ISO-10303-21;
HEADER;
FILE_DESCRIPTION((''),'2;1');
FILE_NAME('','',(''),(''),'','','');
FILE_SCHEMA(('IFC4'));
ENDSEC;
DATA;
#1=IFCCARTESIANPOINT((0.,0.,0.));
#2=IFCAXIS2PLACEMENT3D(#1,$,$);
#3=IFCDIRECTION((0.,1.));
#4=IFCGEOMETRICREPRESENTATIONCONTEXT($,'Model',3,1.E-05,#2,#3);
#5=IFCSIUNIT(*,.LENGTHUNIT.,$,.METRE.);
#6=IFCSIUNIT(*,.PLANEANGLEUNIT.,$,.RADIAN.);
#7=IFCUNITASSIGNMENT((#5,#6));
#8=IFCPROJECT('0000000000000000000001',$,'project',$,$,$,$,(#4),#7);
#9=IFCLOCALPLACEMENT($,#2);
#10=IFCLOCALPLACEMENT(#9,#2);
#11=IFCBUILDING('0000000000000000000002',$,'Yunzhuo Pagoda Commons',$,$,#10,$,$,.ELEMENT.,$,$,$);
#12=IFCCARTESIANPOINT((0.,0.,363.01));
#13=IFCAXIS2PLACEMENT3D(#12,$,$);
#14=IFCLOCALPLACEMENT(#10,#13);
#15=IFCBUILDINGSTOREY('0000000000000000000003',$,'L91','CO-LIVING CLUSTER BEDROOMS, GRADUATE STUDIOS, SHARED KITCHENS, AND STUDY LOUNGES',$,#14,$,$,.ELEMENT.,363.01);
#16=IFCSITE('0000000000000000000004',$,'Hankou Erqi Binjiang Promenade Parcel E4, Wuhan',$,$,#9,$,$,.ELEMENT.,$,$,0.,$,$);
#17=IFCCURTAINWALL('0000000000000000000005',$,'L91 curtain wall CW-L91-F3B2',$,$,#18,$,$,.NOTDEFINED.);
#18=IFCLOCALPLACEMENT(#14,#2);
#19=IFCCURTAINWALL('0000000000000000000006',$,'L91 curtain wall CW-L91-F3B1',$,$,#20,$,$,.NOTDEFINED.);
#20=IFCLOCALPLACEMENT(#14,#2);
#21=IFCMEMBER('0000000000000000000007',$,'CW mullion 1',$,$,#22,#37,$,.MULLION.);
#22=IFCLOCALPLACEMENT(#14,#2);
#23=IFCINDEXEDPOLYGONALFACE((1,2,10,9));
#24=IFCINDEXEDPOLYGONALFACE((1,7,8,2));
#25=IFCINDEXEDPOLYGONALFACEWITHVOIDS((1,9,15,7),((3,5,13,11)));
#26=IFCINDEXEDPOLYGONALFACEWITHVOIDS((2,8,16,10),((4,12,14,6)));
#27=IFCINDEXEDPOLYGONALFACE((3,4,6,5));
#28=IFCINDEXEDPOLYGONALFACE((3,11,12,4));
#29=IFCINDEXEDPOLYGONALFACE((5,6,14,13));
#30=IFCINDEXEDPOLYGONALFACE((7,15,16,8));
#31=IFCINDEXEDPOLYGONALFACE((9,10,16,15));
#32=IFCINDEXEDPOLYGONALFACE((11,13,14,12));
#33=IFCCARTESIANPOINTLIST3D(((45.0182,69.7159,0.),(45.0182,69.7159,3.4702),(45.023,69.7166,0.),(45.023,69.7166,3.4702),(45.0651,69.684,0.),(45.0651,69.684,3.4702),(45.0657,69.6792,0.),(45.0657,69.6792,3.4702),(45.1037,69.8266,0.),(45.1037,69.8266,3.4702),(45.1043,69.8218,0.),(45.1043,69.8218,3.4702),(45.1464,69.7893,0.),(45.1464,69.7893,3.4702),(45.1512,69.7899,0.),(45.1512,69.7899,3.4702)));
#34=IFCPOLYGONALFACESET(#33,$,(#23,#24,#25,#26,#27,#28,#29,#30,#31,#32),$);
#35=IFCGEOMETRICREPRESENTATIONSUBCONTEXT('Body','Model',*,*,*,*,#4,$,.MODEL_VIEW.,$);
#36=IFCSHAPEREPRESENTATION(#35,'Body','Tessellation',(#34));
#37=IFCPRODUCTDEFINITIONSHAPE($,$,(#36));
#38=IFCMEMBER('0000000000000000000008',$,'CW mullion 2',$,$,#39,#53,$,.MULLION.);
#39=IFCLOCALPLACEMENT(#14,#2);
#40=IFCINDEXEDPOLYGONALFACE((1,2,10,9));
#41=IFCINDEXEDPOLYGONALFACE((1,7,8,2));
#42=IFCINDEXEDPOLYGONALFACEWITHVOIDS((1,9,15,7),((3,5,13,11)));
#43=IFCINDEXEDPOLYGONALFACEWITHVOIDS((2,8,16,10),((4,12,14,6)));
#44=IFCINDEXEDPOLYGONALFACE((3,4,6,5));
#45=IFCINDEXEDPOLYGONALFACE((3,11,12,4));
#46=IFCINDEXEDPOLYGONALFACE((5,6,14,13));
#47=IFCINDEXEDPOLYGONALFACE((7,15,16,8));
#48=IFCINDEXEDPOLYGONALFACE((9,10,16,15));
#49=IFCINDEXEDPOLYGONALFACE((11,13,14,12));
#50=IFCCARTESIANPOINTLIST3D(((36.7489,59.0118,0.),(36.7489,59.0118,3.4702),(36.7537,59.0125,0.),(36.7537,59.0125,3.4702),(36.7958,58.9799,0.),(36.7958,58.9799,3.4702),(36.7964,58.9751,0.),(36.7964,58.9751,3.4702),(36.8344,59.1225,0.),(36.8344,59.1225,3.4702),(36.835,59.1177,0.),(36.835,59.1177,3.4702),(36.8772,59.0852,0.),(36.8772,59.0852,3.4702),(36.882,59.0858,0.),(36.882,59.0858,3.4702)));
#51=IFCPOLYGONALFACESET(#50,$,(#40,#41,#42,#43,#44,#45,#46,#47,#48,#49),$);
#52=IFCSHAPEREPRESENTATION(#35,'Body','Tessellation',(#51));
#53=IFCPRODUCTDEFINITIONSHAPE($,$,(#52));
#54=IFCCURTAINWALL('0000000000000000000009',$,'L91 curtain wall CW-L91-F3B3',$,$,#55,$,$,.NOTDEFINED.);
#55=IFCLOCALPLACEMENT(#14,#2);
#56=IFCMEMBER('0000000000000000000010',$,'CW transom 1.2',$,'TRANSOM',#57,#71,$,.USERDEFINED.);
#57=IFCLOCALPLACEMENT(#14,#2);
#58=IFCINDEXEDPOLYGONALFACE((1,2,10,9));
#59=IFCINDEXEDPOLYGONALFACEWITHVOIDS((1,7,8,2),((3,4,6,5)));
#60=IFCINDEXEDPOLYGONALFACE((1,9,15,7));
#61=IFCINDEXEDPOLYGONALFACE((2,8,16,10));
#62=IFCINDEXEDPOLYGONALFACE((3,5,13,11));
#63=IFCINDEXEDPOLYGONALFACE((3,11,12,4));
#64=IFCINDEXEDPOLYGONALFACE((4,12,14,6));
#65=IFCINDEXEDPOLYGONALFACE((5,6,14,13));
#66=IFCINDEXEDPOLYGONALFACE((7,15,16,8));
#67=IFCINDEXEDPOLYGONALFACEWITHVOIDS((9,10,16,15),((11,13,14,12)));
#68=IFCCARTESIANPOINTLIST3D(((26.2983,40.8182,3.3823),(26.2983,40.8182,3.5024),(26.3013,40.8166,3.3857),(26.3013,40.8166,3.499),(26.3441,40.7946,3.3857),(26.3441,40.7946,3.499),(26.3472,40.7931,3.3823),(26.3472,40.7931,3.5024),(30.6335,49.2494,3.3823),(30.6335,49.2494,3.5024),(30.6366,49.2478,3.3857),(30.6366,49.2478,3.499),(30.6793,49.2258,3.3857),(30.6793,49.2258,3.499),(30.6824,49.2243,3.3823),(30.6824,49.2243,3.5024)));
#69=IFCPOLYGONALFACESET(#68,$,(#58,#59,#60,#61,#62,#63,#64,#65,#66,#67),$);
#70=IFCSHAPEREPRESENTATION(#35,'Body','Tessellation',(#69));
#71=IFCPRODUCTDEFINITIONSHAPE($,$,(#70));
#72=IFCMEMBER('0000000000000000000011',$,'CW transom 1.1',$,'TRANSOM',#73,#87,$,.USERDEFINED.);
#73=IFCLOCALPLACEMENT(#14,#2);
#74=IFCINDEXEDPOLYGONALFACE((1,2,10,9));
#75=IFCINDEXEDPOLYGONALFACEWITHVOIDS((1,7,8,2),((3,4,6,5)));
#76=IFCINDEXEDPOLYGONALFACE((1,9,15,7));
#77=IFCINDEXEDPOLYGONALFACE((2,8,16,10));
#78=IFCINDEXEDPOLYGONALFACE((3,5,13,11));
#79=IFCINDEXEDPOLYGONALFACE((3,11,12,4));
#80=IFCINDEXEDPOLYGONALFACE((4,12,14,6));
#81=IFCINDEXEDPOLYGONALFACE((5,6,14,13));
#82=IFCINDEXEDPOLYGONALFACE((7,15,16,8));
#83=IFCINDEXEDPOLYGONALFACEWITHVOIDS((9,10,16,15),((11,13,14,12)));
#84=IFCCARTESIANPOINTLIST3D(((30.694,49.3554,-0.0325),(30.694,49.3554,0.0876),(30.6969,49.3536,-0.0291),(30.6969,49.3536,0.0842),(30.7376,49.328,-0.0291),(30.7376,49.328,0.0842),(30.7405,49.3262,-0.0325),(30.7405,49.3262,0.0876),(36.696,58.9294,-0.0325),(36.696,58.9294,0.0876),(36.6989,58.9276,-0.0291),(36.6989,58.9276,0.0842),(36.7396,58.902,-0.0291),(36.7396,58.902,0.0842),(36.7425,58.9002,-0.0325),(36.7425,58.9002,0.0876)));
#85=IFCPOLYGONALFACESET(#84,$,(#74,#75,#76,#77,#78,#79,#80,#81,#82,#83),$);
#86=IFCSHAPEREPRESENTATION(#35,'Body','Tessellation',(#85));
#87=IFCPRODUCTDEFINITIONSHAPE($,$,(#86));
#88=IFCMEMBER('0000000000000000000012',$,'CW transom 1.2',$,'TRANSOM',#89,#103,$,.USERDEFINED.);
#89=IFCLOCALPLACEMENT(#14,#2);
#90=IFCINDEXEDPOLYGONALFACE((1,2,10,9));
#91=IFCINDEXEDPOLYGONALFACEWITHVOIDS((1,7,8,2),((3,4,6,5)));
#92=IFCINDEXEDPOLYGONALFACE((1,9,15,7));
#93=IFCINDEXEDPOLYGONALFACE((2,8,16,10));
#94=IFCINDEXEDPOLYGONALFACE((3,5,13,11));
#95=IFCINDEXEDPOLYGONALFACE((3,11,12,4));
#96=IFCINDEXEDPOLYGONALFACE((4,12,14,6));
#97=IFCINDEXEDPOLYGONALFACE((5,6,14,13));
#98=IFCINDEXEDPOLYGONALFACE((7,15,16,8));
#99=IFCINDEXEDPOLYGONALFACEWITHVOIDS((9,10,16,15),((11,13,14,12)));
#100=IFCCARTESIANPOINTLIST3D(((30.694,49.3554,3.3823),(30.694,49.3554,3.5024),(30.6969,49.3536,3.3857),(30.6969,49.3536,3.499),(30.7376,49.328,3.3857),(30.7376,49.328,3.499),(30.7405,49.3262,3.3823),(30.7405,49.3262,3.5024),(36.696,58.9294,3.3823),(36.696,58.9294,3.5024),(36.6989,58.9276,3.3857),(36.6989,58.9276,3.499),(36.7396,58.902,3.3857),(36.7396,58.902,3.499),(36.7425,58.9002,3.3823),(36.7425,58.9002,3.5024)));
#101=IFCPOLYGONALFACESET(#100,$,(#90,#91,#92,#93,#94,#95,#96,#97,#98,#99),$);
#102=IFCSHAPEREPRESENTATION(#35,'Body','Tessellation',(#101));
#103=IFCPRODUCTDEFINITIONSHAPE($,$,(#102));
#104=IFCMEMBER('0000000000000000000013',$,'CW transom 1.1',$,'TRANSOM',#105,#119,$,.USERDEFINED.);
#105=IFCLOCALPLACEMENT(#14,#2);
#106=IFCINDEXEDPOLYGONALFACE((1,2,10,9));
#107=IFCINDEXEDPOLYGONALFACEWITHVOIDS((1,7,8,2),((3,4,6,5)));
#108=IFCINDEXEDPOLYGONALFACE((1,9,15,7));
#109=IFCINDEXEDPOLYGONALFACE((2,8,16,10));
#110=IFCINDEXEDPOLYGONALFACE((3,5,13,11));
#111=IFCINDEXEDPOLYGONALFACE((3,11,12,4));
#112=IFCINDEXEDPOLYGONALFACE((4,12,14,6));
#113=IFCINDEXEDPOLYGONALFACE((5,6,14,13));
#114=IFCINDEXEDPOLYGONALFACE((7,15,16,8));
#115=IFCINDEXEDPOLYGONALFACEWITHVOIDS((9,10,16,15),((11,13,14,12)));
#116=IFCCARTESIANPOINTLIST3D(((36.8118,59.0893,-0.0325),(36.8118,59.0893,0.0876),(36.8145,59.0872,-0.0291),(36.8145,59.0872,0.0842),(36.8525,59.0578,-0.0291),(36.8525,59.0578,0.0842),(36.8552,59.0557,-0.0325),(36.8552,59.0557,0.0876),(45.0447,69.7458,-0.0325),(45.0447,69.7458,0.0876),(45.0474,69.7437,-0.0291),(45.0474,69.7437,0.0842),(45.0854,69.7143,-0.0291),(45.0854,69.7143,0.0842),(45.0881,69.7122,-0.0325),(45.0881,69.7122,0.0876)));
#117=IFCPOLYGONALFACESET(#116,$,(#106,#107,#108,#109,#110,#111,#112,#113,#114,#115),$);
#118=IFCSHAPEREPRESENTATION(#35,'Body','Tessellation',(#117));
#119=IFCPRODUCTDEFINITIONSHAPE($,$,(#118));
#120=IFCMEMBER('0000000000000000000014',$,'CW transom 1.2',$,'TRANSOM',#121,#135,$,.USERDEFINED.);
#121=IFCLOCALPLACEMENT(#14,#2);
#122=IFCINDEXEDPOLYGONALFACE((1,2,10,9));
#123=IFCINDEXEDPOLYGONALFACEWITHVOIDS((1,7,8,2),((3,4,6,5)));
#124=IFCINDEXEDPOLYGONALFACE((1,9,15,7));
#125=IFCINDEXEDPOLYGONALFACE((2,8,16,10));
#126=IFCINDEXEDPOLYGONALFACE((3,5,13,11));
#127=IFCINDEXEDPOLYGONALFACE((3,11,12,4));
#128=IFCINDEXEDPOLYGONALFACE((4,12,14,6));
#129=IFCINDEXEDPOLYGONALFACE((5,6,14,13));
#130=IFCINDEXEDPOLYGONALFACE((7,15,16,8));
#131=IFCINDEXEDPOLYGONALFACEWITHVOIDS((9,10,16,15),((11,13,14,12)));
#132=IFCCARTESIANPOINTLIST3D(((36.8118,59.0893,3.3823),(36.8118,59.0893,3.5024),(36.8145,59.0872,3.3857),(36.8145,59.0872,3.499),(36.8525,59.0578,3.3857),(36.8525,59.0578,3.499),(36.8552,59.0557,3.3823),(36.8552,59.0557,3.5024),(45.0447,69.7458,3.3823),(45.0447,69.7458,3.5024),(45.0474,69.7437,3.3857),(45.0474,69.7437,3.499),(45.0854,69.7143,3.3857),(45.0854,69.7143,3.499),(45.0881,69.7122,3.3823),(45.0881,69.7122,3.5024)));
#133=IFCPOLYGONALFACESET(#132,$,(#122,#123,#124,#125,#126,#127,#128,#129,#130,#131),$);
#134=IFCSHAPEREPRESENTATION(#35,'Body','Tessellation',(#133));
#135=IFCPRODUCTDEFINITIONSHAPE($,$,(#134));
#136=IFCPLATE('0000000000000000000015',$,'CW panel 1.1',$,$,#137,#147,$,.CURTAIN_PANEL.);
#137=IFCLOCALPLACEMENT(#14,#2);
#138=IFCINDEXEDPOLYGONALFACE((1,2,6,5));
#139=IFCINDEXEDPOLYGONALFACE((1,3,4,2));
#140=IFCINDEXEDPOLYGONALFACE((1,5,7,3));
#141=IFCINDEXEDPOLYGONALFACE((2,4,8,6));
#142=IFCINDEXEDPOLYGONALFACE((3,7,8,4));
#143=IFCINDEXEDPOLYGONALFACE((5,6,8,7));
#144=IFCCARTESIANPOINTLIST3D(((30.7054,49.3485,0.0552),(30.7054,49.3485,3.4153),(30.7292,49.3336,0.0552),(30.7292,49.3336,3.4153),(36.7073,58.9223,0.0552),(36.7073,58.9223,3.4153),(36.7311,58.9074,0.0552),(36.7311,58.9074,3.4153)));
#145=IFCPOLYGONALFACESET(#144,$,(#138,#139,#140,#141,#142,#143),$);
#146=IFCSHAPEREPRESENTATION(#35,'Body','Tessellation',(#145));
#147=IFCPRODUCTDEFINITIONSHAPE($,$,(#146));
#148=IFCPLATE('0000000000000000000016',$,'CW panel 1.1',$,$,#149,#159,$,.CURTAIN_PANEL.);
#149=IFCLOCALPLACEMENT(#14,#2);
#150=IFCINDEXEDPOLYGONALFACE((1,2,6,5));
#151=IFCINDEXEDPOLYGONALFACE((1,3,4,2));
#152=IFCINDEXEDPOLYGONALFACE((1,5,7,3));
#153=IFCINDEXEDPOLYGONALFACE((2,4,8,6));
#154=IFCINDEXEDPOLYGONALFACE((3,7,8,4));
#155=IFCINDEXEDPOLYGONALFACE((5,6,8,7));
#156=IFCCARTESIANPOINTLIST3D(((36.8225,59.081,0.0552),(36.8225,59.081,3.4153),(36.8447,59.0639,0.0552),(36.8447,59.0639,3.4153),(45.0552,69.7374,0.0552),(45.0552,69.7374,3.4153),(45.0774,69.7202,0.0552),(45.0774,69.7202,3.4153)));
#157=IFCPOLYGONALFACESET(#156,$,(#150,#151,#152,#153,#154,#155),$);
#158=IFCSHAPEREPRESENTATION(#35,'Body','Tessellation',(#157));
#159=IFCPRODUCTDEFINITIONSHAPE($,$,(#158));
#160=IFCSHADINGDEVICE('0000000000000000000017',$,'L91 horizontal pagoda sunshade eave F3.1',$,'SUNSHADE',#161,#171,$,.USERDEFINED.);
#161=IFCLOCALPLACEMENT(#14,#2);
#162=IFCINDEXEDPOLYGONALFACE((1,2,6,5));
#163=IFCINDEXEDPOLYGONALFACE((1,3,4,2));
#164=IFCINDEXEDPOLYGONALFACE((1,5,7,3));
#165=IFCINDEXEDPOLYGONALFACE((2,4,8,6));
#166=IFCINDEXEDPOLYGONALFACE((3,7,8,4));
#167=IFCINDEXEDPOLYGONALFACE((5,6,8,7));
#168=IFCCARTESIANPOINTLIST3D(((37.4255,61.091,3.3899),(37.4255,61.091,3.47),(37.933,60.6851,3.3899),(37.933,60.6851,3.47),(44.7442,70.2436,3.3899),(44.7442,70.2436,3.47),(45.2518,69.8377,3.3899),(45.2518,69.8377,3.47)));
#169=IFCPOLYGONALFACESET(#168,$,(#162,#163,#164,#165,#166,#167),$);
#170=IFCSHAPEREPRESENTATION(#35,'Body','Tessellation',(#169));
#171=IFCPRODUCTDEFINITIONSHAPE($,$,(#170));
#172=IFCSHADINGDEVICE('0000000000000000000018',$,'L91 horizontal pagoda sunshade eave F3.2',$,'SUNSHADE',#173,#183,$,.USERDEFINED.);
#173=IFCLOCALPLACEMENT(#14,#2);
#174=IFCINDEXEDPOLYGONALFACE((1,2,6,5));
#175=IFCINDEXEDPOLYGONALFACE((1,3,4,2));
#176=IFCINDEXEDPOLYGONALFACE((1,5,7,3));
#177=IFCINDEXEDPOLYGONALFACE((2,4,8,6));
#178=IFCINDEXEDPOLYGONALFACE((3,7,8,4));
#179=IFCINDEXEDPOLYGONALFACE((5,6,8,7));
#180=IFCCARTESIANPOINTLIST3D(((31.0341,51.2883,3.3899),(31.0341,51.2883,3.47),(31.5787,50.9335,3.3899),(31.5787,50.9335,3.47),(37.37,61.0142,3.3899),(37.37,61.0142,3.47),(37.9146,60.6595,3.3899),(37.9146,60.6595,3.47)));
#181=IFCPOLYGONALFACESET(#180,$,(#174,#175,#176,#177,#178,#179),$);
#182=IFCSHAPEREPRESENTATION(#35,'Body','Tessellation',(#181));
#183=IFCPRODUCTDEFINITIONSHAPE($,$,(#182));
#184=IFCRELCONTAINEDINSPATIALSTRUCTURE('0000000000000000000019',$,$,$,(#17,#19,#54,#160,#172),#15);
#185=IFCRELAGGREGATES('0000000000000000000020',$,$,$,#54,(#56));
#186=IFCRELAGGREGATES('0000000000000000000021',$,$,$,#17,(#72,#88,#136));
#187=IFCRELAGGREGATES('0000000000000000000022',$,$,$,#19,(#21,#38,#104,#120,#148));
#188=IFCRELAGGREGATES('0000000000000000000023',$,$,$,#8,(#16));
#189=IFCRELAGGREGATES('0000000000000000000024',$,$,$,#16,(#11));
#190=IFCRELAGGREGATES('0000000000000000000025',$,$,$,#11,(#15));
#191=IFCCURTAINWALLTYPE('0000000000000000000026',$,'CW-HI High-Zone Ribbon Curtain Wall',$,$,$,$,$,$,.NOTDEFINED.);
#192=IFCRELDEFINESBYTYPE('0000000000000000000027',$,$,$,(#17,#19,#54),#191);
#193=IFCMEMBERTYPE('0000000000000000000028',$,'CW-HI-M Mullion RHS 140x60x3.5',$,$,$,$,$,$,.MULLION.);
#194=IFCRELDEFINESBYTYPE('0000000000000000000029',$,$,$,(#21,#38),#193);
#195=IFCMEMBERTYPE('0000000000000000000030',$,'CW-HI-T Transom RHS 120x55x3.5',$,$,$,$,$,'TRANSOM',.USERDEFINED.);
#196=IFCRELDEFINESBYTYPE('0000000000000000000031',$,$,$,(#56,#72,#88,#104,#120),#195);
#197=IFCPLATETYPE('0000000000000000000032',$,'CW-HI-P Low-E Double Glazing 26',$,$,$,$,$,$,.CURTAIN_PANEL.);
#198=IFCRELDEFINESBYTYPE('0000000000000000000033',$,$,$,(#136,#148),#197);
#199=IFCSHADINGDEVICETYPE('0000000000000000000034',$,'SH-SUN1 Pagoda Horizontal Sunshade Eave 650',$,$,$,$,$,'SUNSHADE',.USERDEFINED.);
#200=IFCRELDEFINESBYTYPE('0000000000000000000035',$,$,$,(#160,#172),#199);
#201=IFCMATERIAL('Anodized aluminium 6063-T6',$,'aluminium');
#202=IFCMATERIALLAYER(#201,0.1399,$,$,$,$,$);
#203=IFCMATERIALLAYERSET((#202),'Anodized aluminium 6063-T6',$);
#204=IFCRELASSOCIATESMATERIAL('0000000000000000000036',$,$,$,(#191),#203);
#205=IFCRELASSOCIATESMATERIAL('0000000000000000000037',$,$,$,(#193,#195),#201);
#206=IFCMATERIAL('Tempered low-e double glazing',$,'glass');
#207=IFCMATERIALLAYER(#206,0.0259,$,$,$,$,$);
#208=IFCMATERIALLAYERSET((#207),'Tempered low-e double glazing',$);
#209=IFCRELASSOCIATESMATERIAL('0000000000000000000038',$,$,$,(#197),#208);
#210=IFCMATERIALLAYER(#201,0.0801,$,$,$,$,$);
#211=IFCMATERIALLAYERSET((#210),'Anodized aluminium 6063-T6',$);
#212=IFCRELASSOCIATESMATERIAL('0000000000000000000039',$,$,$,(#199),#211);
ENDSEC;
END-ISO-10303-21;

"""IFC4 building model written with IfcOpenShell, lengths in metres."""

from ifc_helpers import new_model, si_unit, direction, frame, origin, origin_2d, place, context, subcontext, project, spatial, rectangle, hollow_rectangle, extrude, source, transform, mapped, material, layer, layer_set, material_profile, profile_set, type_object, element, aggregate, save


model = new_model("IFC4")

# Units and contexts
model_context = context("Model", 3, precision=1e-05, world=origin(), true_north=direction((0.0, 1.0)))
body_context = subcontext(model_context, "Body", "Model", "MODEL_VIEW")
ifc_project = project(units=[si_unit("LENGTHUNIT", "METRE"), si_unit("PLANEANGLEUNIT", "RADIAN")], contexts=[model_context])

# Site, building, storey
site_placement = place(None, origin())
site = spatial("IfcSite", under=ifc_project, at=site_placement, Name="Hankou Erqi Binjiang Promenade Parcel E4, Wuhan", CompositionType="ELEMENT", RefElevation=0.0)
building_placement = place(site_placement, origin())
building = spatial("IfcBuilding", under=site, at=building_placement, Name="Yunzhuo Pagoda Commons", CompositionType="ELEMENT")
storey_placement = place(building_placement, frame((0.0, 0.0, 363.01)))
storey = spatial("IfcBuildingStorey", under=building, at=storey_placement, Name="L91", Description="CO-LIVING CLUSTER BEDROOMS, GRADUATE STUDIOS, SHARED KITCHENS, AND STUDY LOUNGES", CompositionType="ELEMENT", Elevation=363.01)

# Curtain walls, members
ifc_material_1 = material(Name="Anodized aluminium 6063-T6", Category="aluminium")
ifc_layer_1 = layer(ifc_material_1, 0.1399)
ifc_layer_set_1 = layer_set([ifc_layer_1], Name="Anodized aluminium 6063-T6")
curtain_wall_type = type_object("IfcCurtainWallType", Name="CW-HI High-Zone Ribbon Curtain Wall", PredefinedType="NOTDEFINED", material=ifc_layer_set_1)
curtain_wall_1_placement = place(storey_placement, origin())
curtain_wall_1 = element("IfcCurtainWall", 1, at=curtain_wall_1_placement, inside=storey, type_object=curtain_wall_type, Name="L91 curtain wall CW-L91-F3B2", PredefinedType="NOTDEFINED")
ifc_material_profile_1 = material_profile(ifc_material_1, hollow_rectangle(XDim=0.0601, YDim=0.1399, WallThickness=0.0034, at=origin_2d()), Name="Anodized aluminium 6063-T6")
ifc_profile_set_1 = profile_set([ifc_material_profile_1], Name="Anodized aluminium 6063-T6")
member_type_1 = type_object("IfcMemberType", Name="CW-HI-M Mullion RHS 140x60x3.5", PredefinedType="MULLION", material=ifc_profile_set_1)
shared_shape_1 = source(origin(), body_context, "Body", "SweptSolid", [
    extrude(hollow_rectangle(XDim=0.0601, YDim=0.1399, WallThickness=0.0034, at=origin_2d()), origin(), (0.0, 0.0, 1.0), 3.4702),
])
curtain_wall_2_placement = place(storey_placement, origin())
curtain_wall_2 = element("IfcCurtainWall", 2, at=curtain_wall_2_placement, inside=storey, type_object=curtain_wall_type, Name="L91 curtain wall CW-L91-F3B1", PredefinedType="NOTDEFINED")
member_1_placement = place(storey_placement, frame((45.0847, 69.7529, 0.0), z_axis=(0.0, 0.0, 1.0), x_axis=(0.791349, -0.611365, 0.0)))
member_1 = element("IfcMember", 3, at=member_1_placement, type_object=member_type_1, Name="CW mullion 1", PredefinedType="MULLION", context=body_context, shape_type="MappedRepresentation", body=[
    mapped(shared_shape_1, transform((0.0, 0.0, 0.0), scale=1.0)),
])
member_2_placement = place(storey_placement, frame((36.8154, 59.0488, 0.0), z_axis=(0.0, 0.0, 1.0), x_axis=(0.791349, -0.611365, 0.0)))
member_2 = element("IfcMember", 4, at=member_2_placement, type_object=member_type_1, Name="CW mullion 2", PredefinedType="MULLION", context=body_context, shape_type="MappedRepresentation", body=[
    mapped(shared_shape_1, transform((0.0, 0.0, 0.0), scale=1.0)),
])

# Curtain wall, member
curtain_wall_3_placement = place(storey_placement, origin())
curtain_wall_3 = element("IfcCurtainWall", 5, at=curtain_wall_3_placement, inside=storey, type_object=curtain_wall_type, Name="L91 curtain wall CW-L91-F3B3", PredefinedType="NOTDEFINED")
ifc_material_profile_2 = material_profile(ifc_material_1, hollow_rectangle(XDim=0.0549, YDim=0.1201, WallThickness=0.0034, at=origin_2d()), Name="Anodized aluminium 6063-T6")
ifc_profile_set_2 = profile_set([ifc_material_profile_2], Name="Anodized aluminium 6063-T6")
member_type_2 = type_object("IfcMemberType", Name="CW-HI-T Transom RHS 120x55x3.5", ElementType="TRANSOM", PredefinedType="USERDEFINED", material=ifc_profile_set_2)
shared_shape_2 = source(origin(), body_context, "Body", "SweptSolid", [
    extrude(hollow_rectangle(XDim=0.0549, YDim=0.1201, WallThickness=0.0034, at=origin_2d()), origin(), (0.0, 0.0, 1.0), 9.4805),
])
member_3_placement = place(storey_placement, frame((30.658, 49.2368, 3.4424), z_axis=(-0.45728, -0.889323, 0.0), x_axis=(0.889323, -0.45728, 0.0)))
member_3 = element("IfcMember", 6, at=member_3_placement, type_object=member_type_2, Name="CW transom 1.2", ObjectType="TRANSOM", PredefinedType="USERDEFINED", context=body_context, shape_type="MappedRepresentation", body=[
    mapped(shared_shape_2, transform((0.0, 0.0, 0.0), scale=1.0)),
])
aggregate(curtain_wall_3, [member_3])

# Members
shared_shape_3 = source(origin(), body_context, "Body", "SweptSolid", [
    extrude(hollow_rectangle(XDim=0.0549, YDim=0.1201, WallThickness=0.0034, at=origin_2d()), origin(), (0.0, 0.0, 1.0), 11.2998),
])
member_4_placement = place(storey_placement, frame((36.7192, 58.9148, 0.0276), z_axis=(-0.531158, -0.847273, 0.0), x_axis=(0.847273, -0.531158, 0.0)))
member_4 = element("IfcMember", 7, at=member_4_placement, type_object=member_type_2, Name="CW transom 1.1", ObjectType="TRANSOM", PredefinedType="USERDEFINED", context=body_context, shape_type="MappedRepresentation", body=[
    mapped(shared_shape_3, transform((0.0, 0.0, 0.0), scale=1.0)),
])
member_5_placement = place(storey_placement, frame((36.7192, 58.9148, 3.4424), z_axis=(-0.531158, -0.847273, 0.0), x_axis=(0.847273, -0.531158, 0.0)))
member_5 = element("IfcMember", 8, at=member_5_placement, type_object=member_type_2, Name="CW transom 1.2", ObjectType="TRANSOM", PredefinedType="USERDEFINED", context=body_context, shape_type="MappedRepresentation", body=[
    mapped(shared_shape_3, transform((0.0, 0.0, 0.0), scale=1.0)),
])
shared_shape_4 = source(origin(), body_context, "Body", "SweptSolid", [
    extrude(hollow_rectangle(XDim=0.0549, YDim=0.1201, WallThickness=0.0034, at=origin_2d()), origin(), (0.0, 0.0, 1.0), 13.4663),
])
member_6_placement = place(storey_placement, frame((45.0664, 69.729, 0.0276), z_axis=(-0.611371, -0.791344, 0.0), x_axis=(0.791344, -0.611371, 0.0)))
member_6 = element("IfcMember", 9, at=member_6_placement, type_object=member_type_2, Name="CW transom 1.1", ObjectType="TRANSOM", PredefinedType="USERDEFINED", context=body_context, shape_type="MappedRepresentation", body=[
    mapped(shared_shape_4, transform((0.0, 0.0, 0.0), scale=1.0)),
])
member_7_placement = place(storey_placement, frame((45.0664, 69.729, 3.4424), z_axis=(-0.611371, -0.791344, 0.0), x_axis=(0.791344, -0.611371, 0.0)))
member_7 = element("IfcMember", 10, at=member_7_placement, type_object=member_type_2, Name="CW transom 1.2", ObjectType="TRANSOM", PredefinedType="USERDEFINED", context=body_context, shape_type="MappedRepresentation", body=[
    mapped(shared_shape_4, transform((0.0, 0.0, 0.0), scale=1.0)),
])

# Plates
ifc_material_2 = material(Name="Tempered low-e double glazing", Category="glass")
ifc_layer_2 = layer(ifc_material_2, 0.0259)
ifc_layer_set_2 = layer_set([ifc_layer_2], Name="Tempered low-e double glazing")
plate_type = type_object("IfcPlateType", Name="CW-HI-P Low-E Double Glazing 26", PredefinedType="CURTAIN_PANEL", material=ifc_layer_set_2)
shared_shape_5 = source(origin(), body_context, "Body", "SweptSolid", [
    extrude(rectangle(XDim=11.2996, YDim=0.0281, at=origin_2d()), origin(), (0.0, 0.0, 1.0), 3.3601),
])
plate_1_placement = place(storey_placement, frame((33.7183, 54.1279, 0.0552), z_axis=(0.0, 0.0, 1.0), x_axis=(-0.531158, -0.847273, 0.0)))
plate_1 = element("IfcPlate", 11, at=plate_1_placement, type_object=plate_type, Name="CW panel 1.1", PredefinedType="CURTAIN_PANEL", context=body_context, shape_type="MappedRepresentation", body=[
    mapped(shared_shape_5, transform((0.0, 0.0, 0.0), scale=1.0)),
])
aggregate(curtain_wall_1, [member_4, member_5, plate_1])
shared_shape_6 = source(origin(), body_context, "Body", "SweptSolid", [
    extrude(rectangle(XDim=13.4661, YDim=0.0281, at=origin_2d()), origin(), (0.0, 0.0, 1.0), 3.3601),
])
plate_2_placement = place(storey_placement, frame((40.95, 64.4006, 0.0552), z_axis=(0.0, 0.0, 1.0), x_axis=(-0.611365, -0.791349, 0.0)))
plate_2 = element("IfcPlate", 12, at=plate_2_placement, type_object=plate_type, Name="CW panel 1.1", PredefinedType="CURTAIN_PANEL", context=body_context, shape_type="MappedRepresentation", body=[
    mapped(shared_shape_6, transform((0.0, 0.0, 0.0), scale=1.0)),
])
aggregate(curtain_wall_2, [member_1, member_2, member_6, member_7, plate_2])

# Shading devices
ifc_layer_3 = layer(ifc_material_1, 0.0801)
ifc_layer_set_3 = layer_set([ifc_layer_3], Name="Anodized aluminium 6063-T6")
shading_device_type = type_object("IfcShadingDeviceType", Name="SH-SUN1 Pagoda Horizontal Sunshade Eave 650", ElementType="SUNSHADE", PredefinedType="USERDEFINED", material=ifc_layer_set_3)
shared_shape_7 = source(origin(), body_context, "Body", "SweptSolid", [
    extrude(rectangle(XDim=11.719, YDim=0.6499, at=origin_2d()), origin(), (0.0, 0.0, 1.0), 0.0801),
])
shading_device_1_placement = place(storey_placement, frame((41.3386, 65.4644, 3.3899), z_axis=(0.0, 0.0, 1.0), x_axis=(-0.62452, -0.781008, 0.0)))
element("IfcShadingDevice", 13, at=shading_device_1_placement, inside=storey, type_object=shading_device_type, Name="L91 horizontal pagoda sunshade eave F3.1", ObjectType="SUNSHADE", PredefinedType="USERDEFINED", context=body_context, shape_type="MappedRepresentation", body=[
    mapped(shared_shape_7, transform((0.0, 0.0, 0.0), scale=1.0)),
])
shared_shape_8 = source(origin(), body_context, "Body", "SweptSolid", [
    extrude(rectangle(XDim=11.6077, YDim=0.6499, at=origin_2d()), origin(), (0.0, 0.0, 1.0), 0.0801),
])
shading_device_2_placement = place(storey_placement, frame((34.4744, 55.9739, 3.3899), z_axis=(0.0, 0.0, 1.0), x_axis=(-0.545839, -0.83789, 0.0)))
element("IfcShadingDevice", 14, at=shading_device_2_placement, inside=storey, type_object=shading_device_type, Name="L91 horizontal pagoda sunshade eave F3.2", ObjectType="SUNSHADE", PredefinedType="USERDEFINED", context=body_context, shape_type="MappedRepresentation", body=[
    mapped(shared_shape_8, transform((0.0, 0.0, 0.0), scale=1.0)),
])

save(model, "model.ifc")
